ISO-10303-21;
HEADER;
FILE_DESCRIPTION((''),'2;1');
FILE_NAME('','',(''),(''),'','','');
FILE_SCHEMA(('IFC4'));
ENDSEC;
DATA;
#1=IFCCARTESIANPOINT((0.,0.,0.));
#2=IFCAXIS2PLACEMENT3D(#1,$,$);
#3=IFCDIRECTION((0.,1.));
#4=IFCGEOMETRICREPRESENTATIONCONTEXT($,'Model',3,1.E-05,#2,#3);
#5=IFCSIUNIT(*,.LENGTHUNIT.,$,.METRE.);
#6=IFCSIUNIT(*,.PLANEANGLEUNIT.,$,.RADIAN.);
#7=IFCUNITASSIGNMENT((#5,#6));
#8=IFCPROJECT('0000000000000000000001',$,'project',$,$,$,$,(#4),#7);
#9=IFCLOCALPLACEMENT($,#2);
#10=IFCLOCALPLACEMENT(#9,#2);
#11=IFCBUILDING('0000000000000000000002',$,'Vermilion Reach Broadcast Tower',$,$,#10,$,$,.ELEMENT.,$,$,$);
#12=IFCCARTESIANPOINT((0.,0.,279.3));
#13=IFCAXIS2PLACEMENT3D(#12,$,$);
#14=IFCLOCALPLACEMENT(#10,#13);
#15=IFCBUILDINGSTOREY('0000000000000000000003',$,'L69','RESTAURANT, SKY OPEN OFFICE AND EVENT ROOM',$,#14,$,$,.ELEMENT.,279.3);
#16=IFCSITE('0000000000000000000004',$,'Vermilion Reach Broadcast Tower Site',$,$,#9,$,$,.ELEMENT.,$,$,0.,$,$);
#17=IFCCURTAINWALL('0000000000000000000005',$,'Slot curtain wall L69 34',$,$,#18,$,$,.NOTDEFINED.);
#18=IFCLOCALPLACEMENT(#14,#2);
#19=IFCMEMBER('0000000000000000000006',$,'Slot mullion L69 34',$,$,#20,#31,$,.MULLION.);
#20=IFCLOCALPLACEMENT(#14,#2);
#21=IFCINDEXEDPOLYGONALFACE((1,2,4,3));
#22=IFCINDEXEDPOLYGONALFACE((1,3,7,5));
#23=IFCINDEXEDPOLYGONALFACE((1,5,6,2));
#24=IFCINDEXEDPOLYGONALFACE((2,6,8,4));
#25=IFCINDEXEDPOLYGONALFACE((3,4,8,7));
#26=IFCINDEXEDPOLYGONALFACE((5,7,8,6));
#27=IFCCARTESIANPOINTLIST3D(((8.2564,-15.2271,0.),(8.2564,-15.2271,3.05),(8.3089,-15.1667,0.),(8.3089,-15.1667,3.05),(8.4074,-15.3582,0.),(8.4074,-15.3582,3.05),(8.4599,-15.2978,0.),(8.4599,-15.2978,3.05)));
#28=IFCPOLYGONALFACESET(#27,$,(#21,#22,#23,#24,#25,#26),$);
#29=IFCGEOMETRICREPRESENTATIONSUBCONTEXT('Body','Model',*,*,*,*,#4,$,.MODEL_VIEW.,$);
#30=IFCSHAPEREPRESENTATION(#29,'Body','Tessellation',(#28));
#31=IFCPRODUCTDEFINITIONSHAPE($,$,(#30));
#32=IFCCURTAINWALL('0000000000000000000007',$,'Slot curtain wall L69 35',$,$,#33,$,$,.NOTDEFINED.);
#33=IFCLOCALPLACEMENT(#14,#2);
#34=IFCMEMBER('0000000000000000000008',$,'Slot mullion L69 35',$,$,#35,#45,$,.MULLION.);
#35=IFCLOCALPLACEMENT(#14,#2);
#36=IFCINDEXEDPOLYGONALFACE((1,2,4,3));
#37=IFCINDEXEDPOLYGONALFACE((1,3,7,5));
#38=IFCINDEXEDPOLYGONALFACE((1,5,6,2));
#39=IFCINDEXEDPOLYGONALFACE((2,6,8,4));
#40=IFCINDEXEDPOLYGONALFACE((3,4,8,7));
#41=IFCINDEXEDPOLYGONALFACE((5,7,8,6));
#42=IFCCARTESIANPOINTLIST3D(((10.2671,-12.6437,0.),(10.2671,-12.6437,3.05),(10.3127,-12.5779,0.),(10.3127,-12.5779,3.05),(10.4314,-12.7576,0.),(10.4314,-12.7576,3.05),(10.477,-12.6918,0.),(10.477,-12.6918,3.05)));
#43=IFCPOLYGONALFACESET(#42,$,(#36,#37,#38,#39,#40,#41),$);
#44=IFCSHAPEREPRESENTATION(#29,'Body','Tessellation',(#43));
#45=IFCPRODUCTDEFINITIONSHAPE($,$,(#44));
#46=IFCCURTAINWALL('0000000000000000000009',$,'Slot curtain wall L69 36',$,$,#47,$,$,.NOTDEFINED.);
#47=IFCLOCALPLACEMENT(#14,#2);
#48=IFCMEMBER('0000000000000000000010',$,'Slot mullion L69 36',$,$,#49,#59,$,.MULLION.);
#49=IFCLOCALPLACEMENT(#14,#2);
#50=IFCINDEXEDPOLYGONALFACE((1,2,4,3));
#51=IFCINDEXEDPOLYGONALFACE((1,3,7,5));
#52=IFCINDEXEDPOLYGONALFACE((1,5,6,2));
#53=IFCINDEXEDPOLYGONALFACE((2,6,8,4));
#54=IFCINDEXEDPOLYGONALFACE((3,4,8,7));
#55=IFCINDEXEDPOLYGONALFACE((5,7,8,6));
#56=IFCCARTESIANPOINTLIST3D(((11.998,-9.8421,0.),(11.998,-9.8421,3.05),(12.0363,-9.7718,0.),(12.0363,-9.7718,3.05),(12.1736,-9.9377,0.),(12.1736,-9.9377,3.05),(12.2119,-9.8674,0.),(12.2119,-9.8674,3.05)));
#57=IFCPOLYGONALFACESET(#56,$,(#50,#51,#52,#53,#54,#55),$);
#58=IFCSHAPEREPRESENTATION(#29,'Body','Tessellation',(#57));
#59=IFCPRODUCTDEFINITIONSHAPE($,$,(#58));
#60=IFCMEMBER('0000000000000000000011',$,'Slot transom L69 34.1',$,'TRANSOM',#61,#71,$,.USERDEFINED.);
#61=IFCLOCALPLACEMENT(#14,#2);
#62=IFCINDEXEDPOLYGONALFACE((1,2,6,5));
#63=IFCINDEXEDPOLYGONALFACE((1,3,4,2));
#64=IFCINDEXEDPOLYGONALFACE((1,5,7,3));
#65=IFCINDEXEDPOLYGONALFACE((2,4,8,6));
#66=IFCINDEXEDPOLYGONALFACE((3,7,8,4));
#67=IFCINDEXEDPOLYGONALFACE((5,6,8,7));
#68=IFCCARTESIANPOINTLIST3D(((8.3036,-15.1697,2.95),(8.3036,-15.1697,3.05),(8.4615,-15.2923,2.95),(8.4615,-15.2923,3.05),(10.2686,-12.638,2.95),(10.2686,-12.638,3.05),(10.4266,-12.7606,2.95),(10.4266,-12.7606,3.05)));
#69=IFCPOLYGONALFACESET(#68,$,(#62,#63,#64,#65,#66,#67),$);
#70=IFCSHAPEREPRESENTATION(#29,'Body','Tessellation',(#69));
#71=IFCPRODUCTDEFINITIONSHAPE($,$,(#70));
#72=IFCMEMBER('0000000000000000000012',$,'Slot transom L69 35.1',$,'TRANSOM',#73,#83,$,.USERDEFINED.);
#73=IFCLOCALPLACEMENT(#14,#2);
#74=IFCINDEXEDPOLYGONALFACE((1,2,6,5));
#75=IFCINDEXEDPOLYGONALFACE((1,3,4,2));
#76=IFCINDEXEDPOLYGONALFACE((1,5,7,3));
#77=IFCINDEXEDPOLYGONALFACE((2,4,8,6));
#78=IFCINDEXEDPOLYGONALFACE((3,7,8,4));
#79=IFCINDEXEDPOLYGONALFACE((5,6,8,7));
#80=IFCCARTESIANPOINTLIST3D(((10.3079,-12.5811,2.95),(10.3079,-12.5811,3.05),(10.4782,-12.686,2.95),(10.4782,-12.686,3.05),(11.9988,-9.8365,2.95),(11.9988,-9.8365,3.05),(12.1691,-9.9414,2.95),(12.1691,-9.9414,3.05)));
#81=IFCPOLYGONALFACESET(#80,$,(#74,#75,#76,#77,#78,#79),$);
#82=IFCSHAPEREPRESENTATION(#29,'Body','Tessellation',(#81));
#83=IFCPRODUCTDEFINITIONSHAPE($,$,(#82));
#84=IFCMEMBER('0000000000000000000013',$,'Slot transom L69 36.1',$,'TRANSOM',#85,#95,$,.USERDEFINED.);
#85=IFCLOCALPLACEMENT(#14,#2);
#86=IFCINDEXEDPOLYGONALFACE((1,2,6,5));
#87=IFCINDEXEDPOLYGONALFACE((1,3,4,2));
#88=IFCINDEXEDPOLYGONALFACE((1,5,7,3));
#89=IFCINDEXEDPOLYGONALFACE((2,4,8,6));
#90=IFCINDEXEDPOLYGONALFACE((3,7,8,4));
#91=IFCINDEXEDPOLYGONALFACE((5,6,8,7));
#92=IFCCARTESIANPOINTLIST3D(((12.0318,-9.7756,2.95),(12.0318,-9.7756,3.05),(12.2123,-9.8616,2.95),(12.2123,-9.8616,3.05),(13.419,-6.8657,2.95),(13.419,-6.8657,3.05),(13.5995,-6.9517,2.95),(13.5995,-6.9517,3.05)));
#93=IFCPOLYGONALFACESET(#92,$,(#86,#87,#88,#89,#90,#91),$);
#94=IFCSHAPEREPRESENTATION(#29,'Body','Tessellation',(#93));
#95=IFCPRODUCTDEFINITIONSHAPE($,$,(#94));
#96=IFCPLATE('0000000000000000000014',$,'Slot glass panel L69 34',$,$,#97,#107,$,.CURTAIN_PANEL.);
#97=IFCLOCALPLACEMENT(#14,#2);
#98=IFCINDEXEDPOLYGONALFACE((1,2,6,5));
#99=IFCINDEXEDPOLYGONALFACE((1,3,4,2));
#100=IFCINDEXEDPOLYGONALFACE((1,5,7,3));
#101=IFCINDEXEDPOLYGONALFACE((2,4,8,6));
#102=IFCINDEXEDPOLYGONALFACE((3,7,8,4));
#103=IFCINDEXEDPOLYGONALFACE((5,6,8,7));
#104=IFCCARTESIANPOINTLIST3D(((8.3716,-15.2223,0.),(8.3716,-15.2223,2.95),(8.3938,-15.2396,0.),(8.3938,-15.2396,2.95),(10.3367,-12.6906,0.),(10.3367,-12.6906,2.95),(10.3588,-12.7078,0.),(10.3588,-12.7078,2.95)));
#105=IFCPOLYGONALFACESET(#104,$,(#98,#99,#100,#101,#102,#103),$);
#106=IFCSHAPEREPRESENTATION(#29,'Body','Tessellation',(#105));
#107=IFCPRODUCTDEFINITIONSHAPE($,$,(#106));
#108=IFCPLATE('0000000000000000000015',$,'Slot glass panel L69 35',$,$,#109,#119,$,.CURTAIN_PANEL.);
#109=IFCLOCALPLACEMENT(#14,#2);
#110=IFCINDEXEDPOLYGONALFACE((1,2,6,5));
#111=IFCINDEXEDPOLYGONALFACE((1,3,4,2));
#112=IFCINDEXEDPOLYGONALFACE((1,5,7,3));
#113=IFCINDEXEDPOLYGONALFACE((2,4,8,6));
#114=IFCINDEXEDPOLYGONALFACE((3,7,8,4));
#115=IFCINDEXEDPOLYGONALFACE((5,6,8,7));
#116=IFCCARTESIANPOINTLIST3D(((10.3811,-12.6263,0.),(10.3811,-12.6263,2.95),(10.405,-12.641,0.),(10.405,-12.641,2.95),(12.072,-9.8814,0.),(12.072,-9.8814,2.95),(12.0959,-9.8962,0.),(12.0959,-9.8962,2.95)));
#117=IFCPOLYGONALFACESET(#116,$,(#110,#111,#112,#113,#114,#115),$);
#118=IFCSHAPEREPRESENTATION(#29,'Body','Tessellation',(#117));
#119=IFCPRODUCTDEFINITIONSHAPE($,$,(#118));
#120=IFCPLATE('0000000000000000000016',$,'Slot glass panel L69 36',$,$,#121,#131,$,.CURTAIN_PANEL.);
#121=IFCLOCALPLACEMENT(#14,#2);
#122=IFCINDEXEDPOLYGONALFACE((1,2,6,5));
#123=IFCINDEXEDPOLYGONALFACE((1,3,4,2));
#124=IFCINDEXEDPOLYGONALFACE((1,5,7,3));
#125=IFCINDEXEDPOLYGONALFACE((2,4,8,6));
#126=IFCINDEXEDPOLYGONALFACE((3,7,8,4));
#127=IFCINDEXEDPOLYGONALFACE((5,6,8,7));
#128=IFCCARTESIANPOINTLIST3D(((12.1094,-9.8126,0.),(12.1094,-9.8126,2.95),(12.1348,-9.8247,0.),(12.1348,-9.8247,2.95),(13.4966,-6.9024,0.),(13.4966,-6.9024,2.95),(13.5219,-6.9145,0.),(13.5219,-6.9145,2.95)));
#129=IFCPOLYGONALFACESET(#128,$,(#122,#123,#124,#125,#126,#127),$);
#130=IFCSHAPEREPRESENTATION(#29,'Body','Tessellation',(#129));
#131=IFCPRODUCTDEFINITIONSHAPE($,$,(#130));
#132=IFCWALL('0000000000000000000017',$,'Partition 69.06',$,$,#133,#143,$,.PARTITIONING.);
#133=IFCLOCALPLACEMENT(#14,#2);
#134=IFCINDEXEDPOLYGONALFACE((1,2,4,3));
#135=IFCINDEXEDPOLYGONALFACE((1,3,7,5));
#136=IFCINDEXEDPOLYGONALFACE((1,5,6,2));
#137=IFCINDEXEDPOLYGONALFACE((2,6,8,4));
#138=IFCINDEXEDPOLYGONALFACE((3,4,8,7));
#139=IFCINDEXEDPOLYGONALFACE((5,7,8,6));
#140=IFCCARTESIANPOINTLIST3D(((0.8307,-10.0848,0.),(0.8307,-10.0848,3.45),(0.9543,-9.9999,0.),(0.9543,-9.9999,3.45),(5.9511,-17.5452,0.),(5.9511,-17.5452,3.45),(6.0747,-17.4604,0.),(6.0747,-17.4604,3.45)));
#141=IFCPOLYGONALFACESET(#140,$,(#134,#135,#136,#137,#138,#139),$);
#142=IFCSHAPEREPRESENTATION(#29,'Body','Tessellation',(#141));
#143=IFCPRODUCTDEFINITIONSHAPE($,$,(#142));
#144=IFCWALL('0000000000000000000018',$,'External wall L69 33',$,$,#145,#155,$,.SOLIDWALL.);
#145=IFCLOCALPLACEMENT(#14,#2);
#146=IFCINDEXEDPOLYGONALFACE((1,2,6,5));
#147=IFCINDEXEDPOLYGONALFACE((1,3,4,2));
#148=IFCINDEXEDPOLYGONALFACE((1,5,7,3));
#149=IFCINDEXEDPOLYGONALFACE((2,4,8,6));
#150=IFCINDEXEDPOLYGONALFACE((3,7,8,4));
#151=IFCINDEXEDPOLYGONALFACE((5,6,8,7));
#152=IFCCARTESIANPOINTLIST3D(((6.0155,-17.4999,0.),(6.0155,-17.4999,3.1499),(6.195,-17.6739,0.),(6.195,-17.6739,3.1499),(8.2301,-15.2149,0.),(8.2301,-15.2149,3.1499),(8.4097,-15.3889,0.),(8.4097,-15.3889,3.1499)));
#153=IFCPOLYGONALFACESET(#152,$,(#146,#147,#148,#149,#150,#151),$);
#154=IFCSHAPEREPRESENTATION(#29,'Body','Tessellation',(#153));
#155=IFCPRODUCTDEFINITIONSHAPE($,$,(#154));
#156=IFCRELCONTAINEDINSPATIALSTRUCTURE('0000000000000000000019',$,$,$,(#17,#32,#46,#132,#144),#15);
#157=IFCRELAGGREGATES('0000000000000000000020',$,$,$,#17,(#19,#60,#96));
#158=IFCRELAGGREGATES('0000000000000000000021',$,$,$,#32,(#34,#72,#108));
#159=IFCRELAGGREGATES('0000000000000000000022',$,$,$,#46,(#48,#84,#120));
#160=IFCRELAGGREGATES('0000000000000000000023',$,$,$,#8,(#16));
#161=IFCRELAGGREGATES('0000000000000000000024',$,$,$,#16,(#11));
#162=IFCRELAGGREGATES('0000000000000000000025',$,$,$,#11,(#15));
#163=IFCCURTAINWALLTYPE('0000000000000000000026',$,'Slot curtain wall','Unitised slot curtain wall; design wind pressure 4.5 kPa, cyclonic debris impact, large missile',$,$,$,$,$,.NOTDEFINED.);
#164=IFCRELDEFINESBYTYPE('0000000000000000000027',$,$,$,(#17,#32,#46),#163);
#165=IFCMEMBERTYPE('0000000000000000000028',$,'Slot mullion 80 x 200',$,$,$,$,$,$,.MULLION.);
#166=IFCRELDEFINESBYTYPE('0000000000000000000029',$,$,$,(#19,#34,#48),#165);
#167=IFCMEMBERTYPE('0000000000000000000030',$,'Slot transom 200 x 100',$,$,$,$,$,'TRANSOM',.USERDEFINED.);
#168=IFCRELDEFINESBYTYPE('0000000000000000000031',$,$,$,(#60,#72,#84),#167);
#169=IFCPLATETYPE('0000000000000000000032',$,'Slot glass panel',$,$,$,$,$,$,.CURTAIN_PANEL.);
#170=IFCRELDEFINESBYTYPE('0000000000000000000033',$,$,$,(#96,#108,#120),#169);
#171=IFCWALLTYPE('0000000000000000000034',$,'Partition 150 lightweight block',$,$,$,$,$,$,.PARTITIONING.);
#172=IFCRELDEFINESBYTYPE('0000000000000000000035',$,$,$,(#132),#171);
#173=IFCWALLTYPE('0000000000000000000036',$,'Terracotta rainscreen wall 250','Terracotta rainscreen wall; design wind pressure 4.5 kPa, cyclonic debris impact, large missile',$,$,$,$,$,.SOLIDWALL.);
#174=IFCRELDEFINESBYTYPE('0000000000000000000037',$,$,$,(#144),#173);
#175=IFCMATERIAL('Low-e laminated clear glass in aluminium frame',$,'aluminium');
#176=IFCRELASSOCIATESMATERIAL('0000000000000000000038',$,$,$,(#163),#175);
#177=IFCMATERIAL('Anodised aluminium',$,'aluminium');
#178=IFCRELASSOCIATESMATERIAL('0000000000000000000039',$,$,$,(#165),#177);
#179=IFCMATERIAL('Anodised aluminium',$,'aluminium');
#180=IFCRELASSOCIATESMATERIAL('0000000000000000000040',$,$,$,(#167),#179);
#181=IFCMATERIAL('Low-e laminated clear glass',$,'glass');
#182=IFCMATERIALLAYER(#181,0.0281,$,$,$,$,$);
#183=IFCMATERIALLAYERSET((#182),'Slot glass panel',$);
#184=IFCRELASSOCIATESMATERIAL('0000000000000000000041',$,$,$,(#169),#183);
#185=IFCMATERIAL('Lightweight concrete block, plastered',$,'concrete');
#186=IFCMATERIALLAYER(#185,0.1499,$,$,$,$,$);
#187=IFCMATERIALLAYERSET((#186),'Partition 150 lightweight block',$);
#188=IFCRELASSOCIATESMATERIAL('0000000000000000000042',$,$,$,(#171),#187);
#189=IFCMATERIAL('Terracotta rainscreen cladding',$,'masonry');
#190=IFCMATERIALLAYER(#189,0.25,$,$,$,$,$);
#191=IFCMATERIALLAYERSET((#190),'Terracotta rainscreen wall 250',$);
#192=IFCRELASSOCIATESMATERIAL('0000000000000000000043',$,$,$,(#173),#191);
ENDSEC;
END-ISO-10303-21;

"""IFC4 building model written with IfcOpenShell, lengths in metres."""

from ifc_helpers import new_model, si_unit, direction, frame, frame_2d, origin, origin_2d, place, context, subcontext, project, spatial, rectangle, extrude, material, layer, layer_set, material_profile, profile_set, type_object, element, aggregate, save


model = new_model("IFC4")

# Units and contexts
model_context = context("Model", 3, precision=1e-05, world=origin(), true_north=direction((0.0, 1.0)))
body_context = subcontext(model_context, "Body", "Model", "MODEL_VIEW")
ifc_project = project(units=[si_unit("LENGTHUNIT", "METRE"), si_unit("PLANEANGLEUNIT", "RADIAN")], contexts=[model_context])

# Site, building, storey
site_placement = place(None, origin())
site = spatial("IfcSite", under=ifc_project, at=site_placement, Name="Vermilion Reach Broadcast Tower Site", CompositionType="ELEMENT", RefElevation=0.0)
building_placement = place(site_placement, origin())
building = spatial("IfcBuilding", under=site, at=building_placement, Name="Vermilion Reach Broadcast Tower", CompositionType="ELEMENT")
storey_placement = place(building_placement, frame((0.0, 0.0, 279.3)))
storey = spatial("IfcBuildingStorey", under=building, at=storey_placement, Name="L69", Description="RESTAURANT, SKY OPEN OFFICE AND EVENT ROOM", CompositionType="ELEMENT", Elevation=279.3)

# Curtain walls, members
ifc_material_1 = material(Name="Low-e laminated clear glass in aluminium frame", Category="aluminium")
curtain_wall_type = type_object("IfcCurtainWallType", Name="Slot curtain wall", Description="Unitised slot curtain wall; design wind pressure 4.5 kPa, cyclonic debris impact, large missile", PredefinedType="NOTDEFINED", material=ifc_material_1)
placement = place(storey_placement, origin())
curtain_wall_1 = element("IfcCurtainWall", 1, at=placement, inside=storey, type_object=curtain_wall_type, Name="Slot curtain wall L69 34", PredefinedType="NOTDEFINED")
ifc_material_2 = material(Name="Anodised aluminium", Category="aluminium")
ifc_material_profile_1 = material_profile(ifc_material_2, rectangle(XDim=0.2, YDim=0.0801, at=origin_2d()), Name="Slot mullion 80 x 200")
ifc_profile_set_1 = profile_set([ifc_material_profile_1], Name="Anodised aluminium")
member_type_1 = type_object("IfcMemberType", Name="Slot mullion 80 x 200", PredefinedType="MULLION", material=ifc_profile_set_1)
member_1_placement = place(storey_placement, frame((8.3582, -15.2625, 0.0), z_axis=(0.0, 0.0, 1.0), x_axis=(-0.755156, 0.655545, 0.0)))
member_1 = element("IfcMember", 2, at=member_1_placement, type_object=member_type_1, Name="Slot mullion L69 34", PredefinedType="MULLION", context=body_context, shape_type="SweptSolid", body=[
    extrude(rectangle(XDim=0.2, YDim=0.0801, at=origin_2d()), origin(), (0.0, 0.0, 1.0), 3.05),
])
curtain_wall_2 = element("IfcCurtainWall", 3, at=placement, inside=storey, type_object=curtain_wall_type, Name="Slot curtain wall L69 35", PredefinedType="NOTDEFINED")
member_2_placement = place(storey_placement, frame((10.3721, -12.6677, 0.0), z_axis=(0.0, 0.0, 1.0), x_axis=(-0.821886, 0.569651, 0.0)))
member_2 = element("IfcMember", 4, at=member_2_placement, type_object=member_type_1, Name="Slot mullion L69 35", PredefinedType="MULLION", context=body_context, shape_type="SweptSolid", body=[
    extrude(rectangle(XDim=0.2, YDim=0.0801, at=origin_2d()), origin(), (0.0, 0.0, 1.0), 3.05),
])
curtain_wall_3 = element("IfcCurtainWall", 5, at=placement, inside=storey, type_object=curtain_wall_type, Name="Slot curtain wall L69 36", PredefinedType="NOTDEFINED")
member_3_placement = place(storey_placement, frame((12.105, -9.8547, 0.0), z_axis=(0.0, 0.0, 1.0), x_axis=(-0.878317, 0.478079, 0.0)))
member_3 = element("IfcMember", 6, at=member_3_placement, type_object=member_type_1, Name="Slot mullion L69 36", PredefinedType="MULLION", context=body_context, shape_type="SweptSolid", body=[
    extrude(rectangle(XDim=0.2, YDim=0.0801, at=origin_2d()), origin(), (0.0, 0.0, 1.0), 3.05),
])

# Members
ifc_material_3 = material(Name="Anodised aluminium", Category="aluminium")
ifc_material_profile_2 = material_profile(ifc_material_3, rectangle(XDim=0.2, YDim=0.1001, at=origin_2d()), Name="Slot transom 200 x 100")
ifc_profile_set_2 = profile_set([ifc_material_profile_2], Name="Anodised aluminium")
member_type_2 = type_object("IfcMemberType", Name="Slot transom 200 x 100", ElementType="TRANSOM", PredefinedType="USERDEFINED", material=ifc_profile_set_2)
member_4_placement = place(storey_placement, frame((8.3826, -15.231, 3.0), z_axis=(0.613155, 0.789963, 0.0), x_axis=(-0.789963, 0.613155, 0.0)))
member_4 = element("IfcMember", 7, at=member_4_placement, type_object=member_type_2, Name="Slot transom L69 34.1", ObjectType="TRANSOM", PredefinedType="USERDEFINED", context=body_context, shape_type="SweptSolid", body=[
    extrude(rectangle(XDim=0.2, YDim=0.1001, at=origin_2d()), origin(), (0.0, 0.0, 1.0), 3.2048),
])
member_5_placement = place(storey_placement, frame((10.3931, -12.6335, 3.0), z_axis=(0.524528, 0.851393, 0.0), x_axis=(-0.851393, 0.524528, 0.0)))
member_5 = element("IfcMember", 8, at=member_5_placement, type_object=member_type_2, Name="Slot transom L69 35.1", ObjectType="TRANSOM", PredefinedType="USERDEFINED", context=body_context, shape_type="SweptSolid", body=[
    extrude(rectangle(XDim=0.2, YDim=0.1001, at=origin_2d()), origin(), (0.0, 0.0, 1.0), 3.2236),
])
member_6_placement = place(storey_placement, frame((12.1221, -9.8186, 3.0), z_axis=(0.430322, 0.902676, 0.0), x_axis=(-0.902676, 0.430322, 0.0)))
member_6 = element("IfcMember", 9, at=member_6_placement, type_object=member_type_2, Name="Slot transom L69 36.1", ObjectType="TRANSOM", PredefinedType="USERDEFINED", context=body_context, shape_type="SweptSolid", body=[
    extrude(rectangle(XDim=0.2, YDim=0.1001, at=origin_2d()), origin(), (0.0, 0.0, 1.0), 3.2236),
])

# Plates
ifc_material_4 = material(Name="Low-e laminated clear glass", Category="glass")
ifc_layer_1 = layer(ifc_material_4, 0.0281)
ifc_layer_set_1 = layer_set([ifc_layer_1], Name="Slot glass panel")
plate_type = type_object("IfcPlateType", Name="Slot glass panel", PredefinedType="CURTAIN_PANEL", material=ifc_layer_set_1)
plate_1_placement = place(storey_placement, frame((9.3652, -13.9651, 0.0), z_axis=(0.0, 0.0, 1.0), x_axis=(0.613149, 0.789967, 0.0)))
plate_1 = element("IfcPlate", 10, at=plate_1_placement, type_object=plate_type, Name="Slot glass panel L69 34", PredefinedType="CURTAIN_PANEL", context=body_context, shape_type="SweptSolid", body=[
    extrude(rectangle(XDim=3.2048, YDim=0.0281, at=origin_2d()), origin(), (0.0, 0.0, 1.0), 2.95),
])
aggregate(curtain_wall_1, [member_1, member_4, plate_1])
plate_2_placement = place(storey_placement, frame((11.2385, -11.2612, 0.0), z_axis=(0.0, 0.0, 1.0), x_axis=(0.524496, 0.851413, 0.0)))
plate_2 = element("IfcPlate", 11, at=plate_2_placement, type_object=plate_type, Name="Slot glass panel L69 35", PredefinedType="CURTAIN_PANEL", context=body_context, shape_type="SweptSolid", body=[
    extrude(rectangle(XDim=3.2239, YDim=0.0281, at=origin_2d()), origin(), (0.0, 0.0, 1.0), 2.95),
])
aggregate(curtain_wall_2, [member_2, member_5, plate_2])
plate_3_placement = place(storey_placement, frame((12.8157, -8.3635, 0.0), z_axis=(0.0, 0.0, 1.0), x_axis=(0.430285, 0.902693, 0.0)))
plate_3 = element("IfcPlate", 12, at=plate_3_placement, type_object=plate_type, Name="Slot glass panel L69 36", PredefinedType="CURTAIN_PANEL", context=body_context, shape_type="SweptSolid", body=[
    extrude(rectangle(XDim=3.2239, YDim=0.0281, at=origin_2d()), origin(), (0.0, 0.0, 1.0), 2.95),
])
aggregate(curtain_wall_3, [member_3, member_6, plate_3])

# Walls
ifc_material_5 = material(Name="Lightweight concrete block, plastered", Category="concrete")
ifc_layer_2 = layer(ifc_material_5, 0.1499)
ifc_layer_set_2 = layer_set([ifc_layer_2], Name="Partition 150 lightweight block")
wall_type_1 = type_object("IfcWallType", Name="Partition 150 lightweight block", PredefinedType="PARTITIONING", material=ifc_layer_set_2)
wall_1_placement = place(storey_placement, frame((6.0129, -17.5029, 0.0), z_axis=(0.0, 0.0, 1.0), x_axis=(-0.565876, 0.82449, 0.0)))
element("IfcWall", 13, at=wall_1_placement, inside=storey, type_object=wall_type_1, Name="Partition 69.06", PredefinedType="PARTITIONING", context=body_context, shape_type="SweptSolid", body=[
    extrude(rectangle(XDim=9.0486, YDim=0.1499, at=frame_2d((4.5244, 0.0))), origin(), (0.0, 0.0, 1.0), 3.45),
])
ifc_material_6 = material(Name="Terracotta rainscreen cladding", Category="masonry")
ifc_layer_3 = layer(ifc_material_6, 0.25)
ifc_layer_set_3 = layer_set([ifc_layer_3], Name="Terracotta rainscreen wall 250")
wall_type_2 = type_object("IfcWallType", Name="Terracotta rainscreen wall 250", Description="Terracotta rainscreen wall; design wind pressure 4.5 kPa, cyclonic debris impact, large missile", PredefinedType="SOLIDWALL", material=ifc_layer_set_3)
wall_2_placement = place(storey_placement, frame((6.1052, -17.5869, 0.0), z_axis=(0.0, 0.0, 1.0), x_axis=(0.695972, 0.718069, 0.0)))
element("IfcWall", 14, at=wall_2_placement, inside=storey, type_object=wall_type_2, Name="External wall L69 33", PredefinedType="SOLIDWALL", context=body_context, shape_type="SweptSolid", body=[
    extrude(rectangle(XDim=3.1821, YDim=0.25, at=frame_2d((1.5911, 0.0))), origin(), (0.0, 0.0, 1.0), 3.1499),
])

save(model, "model.ifc")
